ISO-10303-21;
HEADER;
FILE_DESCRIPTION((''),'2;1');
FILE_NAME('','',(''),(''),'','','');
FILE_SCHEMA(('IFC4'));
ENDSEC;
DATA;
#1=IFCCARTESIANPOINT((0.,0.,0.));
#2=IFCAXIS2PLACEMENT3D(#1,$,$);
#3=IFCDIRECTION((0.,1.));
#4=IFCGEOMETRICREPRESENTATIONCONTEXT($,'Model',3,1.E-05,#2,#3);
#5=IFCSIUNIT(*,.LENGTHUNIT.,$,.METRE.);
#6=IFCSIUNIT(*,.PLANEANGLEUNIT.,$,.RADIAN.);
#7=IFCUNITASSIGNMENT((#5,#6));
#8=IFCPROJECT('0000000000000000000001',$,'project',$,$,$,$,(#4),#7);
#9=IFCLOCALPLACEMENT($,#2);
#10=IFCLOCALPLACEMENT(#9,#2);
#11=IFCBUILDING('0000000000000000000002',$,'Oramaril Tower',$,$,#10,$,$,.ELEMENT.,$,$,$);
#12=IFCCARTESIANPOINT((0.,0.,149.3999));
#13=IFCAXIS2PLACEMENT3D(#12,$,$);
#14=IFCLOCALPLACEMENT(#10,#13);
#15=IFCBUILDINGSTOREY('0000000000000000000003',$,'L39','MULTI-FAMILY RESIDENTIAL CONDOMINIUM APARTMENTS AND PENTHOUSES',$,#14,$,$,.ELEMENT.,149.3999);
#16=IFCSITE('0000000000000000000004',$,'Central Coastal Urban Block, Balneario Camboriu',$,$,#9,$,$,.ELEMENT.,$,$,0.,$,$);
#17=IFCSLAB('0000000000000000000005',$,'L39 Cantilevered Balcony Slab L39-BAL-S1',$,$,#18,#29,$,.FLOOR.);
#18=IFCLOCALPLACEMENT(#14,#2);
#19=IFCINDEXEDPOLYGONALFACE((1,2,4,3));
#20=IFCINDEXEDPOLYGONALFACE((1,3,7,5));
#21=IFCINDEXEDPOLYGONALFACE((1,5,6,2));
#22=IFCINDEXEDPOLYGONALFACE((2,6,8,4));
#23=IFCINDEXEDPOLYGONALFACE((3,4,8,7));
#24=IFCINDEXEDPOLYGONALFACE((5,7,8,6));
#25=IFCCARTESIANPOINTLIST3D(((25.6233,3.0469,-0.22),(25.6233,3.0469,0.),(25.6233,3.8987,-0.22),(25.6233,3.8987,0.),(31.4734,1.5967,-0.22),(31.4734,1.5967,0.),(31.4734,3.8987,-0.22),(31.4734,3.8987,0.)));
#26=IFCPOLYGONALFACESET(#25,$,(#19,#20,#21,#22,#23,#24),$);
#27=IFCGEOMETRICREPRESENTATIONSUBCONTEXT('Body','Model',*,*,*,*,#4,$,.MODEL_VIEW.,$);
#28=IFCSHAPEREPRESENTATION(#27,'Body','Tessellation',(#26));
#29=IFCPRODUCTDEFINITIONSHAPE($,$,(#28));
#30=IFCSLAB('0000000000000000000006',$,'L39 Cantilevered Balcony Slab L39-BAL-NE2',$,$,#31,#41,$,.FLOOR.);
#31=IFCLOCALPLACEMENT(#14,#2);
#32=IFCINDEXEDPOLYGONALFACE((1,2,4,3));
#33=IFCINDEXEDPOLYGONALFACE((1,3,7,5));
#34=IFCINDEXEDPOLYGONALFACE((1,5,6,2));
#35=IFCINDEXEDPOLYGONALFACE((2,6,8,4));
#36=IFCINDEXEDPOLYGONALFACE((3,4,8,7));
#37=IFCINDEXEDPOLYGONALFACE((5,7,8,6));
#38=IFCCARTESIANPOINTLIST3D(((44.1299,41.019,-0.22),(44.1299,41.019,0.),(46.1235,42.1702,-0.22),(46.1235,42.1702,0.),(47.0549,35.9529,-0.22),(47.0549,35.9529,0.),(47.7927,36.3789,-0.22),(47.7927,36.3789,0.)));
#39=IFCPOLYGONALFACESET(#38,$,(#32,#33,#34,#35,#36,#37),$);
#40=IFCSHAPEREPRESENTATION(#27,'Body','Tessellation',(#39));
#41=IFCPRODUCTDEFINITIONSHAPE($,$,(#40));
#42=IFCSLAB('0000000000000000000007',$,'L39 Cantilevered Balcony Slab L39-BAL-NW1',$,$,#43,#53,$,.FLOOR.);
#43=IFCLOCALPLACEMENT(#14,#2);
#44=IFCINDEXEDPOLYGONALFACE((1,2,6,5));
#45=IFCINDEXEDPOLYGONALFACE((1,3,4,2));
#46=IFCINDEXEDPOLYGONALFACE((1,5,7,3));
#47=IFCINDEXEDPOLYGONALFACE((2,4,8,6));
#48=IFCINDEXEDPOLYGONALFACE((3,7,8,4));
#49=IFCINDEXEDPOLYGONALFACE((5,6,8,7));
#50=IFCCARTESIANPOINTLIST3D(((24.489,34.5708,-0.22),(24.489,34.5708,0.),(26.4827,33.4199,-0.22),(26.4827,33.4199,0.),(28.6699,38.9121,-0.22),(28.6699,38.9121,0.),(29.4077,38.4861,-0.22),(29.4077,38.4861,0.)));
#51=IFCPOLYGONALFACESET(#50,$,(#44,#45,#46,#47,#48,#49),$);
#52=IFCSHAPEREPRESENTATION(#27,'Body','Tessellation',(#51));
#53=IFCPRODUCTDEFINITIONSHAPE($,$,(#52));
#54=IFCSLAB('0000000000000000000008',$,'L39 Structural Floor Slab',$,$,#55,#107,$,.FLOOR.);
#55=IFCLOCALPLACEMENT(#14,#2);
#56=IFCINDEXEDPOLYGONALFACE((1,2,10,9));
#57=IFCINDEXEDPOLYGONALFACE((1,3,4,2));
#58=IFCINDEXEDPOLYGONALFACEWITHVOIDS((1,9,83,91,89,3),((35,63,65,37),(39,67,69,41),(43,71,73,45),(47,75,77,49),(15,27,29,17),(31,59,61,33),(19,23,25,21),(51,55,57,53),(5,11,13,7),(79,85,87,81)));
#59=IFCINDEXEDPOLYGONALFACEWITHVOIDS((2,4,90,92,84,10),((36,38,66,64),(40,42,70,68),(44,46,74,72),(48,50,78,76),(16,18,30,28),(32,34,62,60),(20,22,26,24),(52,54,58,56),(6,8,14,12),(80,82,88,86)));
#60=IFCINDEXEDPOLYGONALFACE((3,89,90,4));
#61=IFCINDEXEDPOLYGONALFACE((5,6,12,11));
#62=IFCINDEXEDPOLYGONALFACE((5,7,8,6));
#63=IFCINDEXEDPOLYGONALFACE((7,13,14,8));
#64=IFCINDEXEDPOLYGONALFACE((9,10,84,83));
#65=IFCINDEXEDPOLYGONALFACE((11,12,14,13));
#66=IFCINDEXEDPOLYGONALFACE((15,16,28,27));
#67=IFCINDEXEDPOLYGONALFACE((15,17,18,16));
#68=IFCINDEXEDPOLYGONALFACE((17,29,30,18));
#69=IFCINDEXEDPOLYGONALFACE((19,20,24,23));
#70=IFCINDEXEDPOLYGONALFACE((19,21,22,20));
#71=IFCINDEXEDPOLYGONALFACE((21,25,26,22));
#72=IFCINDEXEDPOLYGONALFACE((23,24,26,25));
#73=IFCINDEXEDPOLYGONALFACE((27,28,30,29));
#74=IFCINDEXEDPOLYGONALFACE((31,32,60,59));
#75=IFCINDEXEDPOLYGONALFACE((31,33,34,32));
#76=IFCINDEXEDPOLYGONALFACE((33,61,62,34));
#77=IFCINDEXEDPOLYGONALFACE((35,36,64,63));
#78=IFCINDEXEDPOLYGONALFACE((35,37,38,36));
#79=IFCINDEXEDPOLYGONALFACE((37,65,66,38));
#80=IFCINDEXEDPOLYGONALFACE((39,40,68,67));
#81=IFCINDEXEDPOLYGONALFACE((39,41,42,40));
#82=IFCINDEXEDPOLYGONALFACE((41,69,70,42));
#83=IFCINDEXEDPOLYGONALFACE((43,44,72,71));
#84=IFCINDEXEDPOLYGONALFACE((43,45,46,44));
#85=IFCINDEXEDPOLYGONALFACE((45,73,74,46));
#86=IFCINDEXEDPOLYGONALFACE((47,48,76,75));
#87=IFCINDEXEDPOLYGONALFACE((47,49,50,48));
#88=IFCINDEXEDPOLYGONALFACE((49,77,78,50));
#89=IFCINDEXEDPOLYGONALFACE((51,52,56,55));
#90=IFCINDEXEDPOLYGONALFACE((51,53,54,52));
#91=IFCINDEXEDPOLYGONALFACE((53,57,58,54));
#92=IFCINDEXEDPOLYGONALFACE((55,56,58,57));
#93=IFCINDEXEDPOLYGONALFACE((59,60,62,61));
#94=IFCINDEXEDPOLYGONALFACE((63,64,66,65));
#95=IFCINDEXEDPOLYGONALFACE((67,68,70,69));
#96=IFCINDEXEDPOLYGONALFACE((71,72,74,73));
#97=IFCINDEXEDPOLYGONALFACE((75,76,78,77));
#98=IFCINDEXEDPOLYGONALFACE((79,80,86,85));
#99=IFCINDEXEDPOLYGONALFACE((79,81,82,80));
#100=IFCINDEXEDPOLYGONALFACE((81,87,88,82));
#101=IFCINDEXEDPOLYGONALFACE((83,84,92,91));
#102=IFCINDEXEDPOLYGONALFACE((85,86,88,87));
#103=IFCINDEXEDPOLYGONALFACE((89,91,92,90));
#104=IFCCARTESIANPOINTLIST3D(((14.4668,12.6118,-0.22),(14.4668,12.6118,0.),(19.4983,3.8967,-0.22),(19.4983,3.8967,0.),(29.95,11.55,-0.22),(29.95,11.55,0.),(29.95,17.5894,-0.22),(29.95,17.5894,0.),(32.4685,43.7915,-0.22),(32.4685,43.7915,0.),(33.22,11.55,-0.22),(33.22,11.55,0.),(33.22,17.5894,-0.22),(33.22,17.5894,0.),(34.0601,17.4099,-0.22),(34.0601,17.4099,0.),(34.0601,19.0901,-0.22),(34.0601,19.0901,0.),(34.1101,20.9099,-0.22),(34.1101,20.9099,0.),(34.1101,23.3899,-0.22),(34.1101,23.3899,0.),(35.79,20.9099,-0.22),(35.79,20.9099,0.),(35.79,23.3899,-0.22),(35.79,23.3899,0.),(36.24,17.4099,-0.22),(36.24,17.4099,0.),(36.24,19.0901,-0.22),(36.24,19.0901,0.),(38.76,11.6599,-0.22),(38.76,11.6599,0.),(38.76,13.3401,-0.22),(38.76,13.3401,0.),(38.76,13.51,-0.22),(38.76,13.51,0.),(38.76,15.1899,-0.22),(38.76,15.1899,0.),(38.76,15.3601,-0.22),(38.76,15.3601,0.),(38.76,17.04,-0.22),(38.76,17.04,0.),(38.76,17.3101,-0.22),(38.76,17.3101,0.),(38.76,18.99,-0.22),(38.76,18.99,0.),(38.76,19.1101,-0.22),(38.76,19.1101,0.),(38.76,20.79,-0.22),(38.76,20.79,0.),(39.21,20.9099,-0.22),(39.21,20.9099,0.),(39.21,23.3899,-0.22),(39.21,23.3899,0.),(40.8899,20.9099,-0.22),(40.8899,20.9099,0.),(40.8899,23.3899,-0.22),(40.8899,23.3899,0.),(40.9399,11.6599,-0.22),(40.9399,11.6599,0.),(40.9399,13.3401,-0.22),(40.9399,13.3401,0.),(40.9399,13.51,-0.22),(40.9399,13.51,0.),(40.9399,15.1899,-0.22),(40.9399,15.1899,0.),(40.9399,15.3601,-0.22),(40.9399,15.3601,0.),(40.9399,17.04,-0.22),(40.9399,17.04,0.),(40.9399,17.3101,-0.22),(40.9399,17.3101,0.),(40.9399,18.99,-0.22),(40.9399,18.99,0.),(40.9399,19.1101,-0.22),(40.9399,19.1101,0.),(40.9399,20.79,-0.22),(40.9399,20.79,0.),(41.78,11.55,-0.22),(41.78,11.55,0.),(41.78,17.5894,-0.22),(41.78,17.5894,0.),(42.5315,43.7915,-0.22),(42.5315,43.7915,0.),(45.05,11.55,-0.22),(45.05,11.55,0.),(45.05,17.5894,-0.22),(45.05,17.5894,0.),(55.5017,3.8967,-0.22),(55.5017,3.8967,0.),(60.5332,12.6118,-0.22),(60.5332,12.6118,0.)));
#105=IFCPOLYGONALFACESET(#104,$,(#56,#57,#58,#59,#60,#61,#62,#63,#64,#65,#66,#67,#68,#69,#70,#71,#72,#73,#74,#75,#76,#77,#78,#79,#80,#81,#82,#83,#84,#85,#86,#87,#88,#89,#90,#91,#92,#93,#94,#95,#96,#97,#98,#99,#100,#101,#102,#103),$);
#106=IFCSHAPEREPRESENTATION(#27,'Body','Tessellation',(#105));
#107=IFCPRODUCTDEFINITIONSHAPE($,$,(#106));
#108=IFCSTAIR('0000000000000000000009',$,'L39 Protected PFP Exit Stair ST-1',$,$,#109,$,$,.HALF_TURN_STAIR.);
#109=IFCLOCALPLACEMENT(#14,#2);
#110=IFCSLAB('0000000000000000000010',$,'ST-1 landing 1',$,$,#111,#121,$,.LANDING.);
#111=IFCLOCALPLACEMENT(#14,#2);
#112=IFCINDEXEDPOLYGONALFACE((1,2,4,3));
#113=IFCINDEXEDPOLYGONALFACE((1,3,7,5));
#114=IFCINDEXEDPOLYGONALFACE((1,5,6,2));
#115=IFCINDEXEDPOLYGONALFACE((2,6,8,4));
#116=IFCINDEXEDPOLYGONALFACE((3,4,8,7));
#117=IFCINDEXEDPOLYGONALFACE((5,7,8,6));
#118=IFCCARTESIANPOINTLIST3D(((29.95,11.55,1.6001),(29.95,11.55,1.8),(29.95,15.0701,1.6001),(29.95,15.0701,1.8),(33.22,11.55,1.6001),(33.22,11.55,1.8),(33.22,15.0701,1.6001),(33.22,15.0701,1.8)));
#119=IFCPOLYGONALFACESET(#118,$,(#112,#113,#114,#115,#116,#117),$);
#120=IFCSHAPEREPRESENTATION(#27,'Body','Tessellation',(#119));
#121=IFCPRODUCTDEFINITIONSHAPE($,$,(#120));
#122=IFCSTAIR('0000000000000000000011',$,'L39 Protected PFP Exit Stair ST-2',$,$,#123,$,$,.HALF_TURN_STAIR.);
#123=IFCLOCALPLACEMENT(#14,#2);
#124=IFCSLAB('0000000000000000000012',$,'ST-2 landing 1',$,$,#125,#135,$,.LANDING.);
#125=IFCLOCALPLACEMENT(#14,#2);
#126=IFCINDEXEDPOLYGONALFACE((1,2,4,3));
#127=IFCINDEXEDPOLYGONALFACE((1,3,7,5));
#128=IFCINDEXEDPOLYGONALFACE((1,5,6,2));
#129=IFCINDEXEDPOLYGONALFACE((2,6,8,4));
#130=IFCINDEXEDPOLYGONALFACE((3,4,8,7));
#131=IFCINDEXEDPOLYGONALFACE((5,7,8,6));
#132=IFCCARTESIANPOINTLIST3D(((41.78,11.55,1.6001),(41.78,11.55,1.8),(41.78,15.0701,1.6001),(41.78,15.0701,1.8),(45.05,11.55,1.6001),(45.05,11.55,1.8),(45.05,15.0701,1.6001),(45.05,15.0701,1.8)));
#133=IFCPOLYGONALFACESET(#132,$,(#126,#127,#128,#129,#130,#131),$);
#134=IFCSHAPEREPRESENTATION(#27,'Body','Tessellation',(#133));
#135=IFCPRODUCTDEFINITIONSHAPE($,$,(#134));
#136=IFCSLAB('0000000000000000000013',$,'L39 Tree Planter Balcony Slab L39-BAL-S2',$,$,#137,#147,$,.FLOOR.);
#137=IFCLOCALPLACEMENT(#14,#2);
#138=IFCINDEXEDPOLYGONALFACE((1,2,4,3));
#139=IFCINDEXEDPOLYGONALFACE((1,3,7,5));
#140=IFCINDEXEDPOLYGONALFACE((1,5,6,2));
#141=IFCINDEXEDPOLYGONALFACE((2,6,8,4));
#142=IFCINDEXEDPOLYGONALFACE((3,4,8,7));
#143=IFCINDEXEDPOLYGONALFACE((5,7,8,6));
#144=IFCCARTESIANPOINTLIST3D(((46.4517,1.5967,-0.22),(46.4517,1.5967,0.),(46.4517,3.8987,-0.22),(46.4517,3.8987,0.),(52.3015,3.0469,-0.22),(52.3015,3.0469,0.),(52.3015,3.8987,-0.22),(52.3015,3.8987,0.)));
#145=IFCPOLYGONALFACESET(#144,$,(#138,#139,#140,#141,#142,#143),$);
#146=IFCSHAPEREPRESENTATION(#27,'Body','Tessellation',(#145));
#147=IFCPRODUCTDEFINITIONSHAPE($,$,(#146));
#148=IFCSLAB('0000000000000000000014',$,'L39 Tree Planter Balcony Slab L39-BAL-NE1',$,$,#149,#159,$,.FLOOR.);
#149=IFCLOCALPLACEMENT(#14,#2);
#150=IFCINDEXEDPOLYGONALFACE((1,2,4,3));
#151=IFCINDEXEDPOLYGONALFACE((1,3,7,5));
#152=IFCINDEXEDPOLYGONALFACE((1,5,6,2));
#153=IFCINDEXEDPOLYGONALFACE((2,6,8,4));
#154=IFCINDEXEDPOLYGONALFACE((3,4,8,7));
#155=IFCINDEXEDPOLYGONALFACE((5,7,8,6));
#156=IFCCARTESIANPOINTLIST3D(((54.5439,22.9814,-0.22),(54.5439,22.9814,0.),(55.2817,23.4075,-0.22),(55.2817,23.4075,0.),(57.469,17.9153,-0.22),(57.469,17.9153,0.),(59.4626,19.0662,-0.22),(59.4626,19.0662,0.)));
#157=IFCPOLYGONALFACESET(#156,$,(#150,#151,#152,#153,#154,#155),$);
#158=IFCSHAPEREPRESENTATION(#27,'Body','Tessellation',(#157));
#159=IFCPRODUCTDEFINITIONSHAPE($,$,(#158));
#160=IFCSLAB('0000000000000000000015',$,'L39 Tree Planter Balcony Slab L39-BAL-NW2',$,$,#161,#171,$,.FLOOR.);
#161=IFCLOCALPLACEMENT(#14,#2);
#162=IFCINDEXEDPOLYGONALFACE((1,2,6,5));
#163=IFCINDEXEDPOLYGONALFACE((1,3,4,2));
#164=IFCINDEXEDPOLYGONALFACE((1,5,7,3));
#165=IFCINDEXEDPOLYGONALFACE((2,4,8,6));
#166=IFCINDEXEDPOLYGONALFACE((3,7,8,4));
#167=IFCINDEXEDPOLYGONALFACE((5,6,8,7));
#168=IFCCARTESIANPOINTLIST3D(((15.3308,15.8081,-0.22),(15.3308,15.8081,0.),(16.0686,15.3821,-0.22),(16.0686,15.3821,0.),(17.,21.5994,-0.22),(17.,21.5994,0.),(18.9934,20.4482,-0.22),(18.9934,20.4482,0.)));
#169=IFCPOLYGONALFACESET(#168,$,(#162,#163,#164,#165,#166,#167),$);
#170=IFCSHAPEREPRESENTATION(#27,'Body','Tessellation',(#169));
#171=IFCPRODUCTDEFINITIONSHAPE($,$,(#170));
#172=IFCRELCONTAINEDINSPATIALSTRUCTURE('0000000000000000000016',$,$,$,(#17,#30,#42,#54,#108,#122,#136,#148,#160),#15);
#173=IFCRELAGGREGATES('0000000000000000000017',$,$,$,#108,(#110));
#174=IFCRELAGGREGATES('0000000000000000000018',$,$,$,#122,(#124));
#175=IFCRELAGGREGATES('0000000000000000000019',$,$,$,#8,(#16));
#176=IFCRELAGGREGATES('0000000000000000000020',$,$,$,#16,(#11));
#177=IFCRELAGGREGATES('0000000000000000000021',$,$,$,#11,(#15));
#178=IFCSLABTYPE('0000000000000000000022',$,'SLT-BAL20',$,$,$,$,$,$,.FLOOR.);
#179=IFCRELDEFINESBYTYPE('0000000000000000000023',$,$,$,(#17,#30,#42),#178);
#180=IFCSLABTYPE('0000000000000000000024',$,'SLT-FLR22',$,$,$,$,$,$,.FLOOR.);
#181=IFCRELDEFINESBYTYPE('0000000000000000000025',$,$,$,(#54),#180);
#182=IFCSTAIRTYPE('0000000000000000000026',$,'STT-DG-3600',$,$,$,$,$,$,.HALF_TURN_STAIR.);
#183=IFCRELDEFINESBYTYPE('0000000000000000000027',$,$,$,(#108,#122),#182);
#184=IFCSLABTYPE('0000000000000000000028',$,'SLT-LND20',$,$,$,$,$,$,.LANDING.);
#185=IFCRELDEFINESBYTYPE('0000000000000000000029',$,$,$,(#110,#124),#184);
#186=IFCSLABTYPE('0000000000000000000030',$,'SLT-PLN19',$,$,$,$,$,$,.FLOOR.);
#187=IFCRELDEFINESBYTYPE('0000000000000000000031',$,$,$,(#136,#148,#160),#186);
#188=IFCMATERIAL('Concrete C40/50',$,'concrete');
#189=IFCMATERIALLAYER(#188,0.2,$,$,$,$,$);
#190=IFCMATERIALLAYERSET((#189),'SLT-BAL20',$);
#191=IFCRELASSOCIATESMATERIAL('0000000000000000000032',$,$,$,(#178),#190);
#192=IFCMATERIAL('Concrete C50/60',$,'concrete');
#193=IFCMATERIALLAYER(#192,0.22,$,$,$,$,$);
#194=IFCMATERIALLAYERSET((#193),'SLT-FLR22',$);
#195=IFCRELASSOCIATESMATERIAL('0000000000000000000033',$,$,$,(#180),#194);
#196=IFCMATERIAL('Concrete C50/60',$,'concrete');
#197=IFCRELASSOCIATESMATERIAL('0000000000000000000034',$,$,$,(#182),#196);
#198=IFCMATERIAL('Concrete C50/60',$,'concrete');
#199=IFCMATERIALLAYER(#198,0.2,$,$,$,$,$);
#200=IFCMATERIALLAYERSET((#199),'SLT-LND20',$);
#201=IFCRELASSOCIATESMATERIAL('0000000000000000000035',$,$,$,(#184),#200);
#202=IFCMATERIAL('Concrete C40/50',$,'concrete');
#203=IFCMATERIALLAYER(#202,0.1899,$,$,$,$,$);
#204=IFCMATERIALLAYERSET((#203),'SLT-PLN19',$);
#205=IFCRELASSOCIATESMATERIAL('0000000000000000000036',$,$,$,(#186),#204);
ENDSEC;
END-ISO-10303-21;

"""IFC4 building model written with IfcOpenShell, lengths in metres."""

from ifc_helpers import new_model, si_unit, direction, frame, origin, place, context, subcontext, project, spatial, polyline, outline, extrude, material, layer, layer_set, type_object, element, aggregate, save


model = new_model("IFC4")

# Units and contexts
model_context = context("Model", 3, precision=1e-05, world=origin(), true_north=direction((0.0, 1.0)))
body_context = subcontext(model_context, "Body", "Model", "MODEL_VIEW")
ifc_project = project(units=[si_unit("LENGTHUNIT", "METRE"), si_unit("PLANEANGLEUNIT", "RADIAN")], contexts=[model_context])

# Site, building, storey
site_placement = place(None, origin())
site = spatial("IfcSite", under=ifc_project, at=site_placement, Name="Central Coastal Urban Block, Balneario Camboriu", CompositionType="ELEMENT", RefElevation=0.0)
building_placement = place(site_placement, origin())
building = spatial("IfcBuilding", under=site, at=building_placement, Name="Oramaril Tower", CompositionType="ELEMENT")
storey_placement = place(building_placement, frame((0.0, 0.0, 149.3999)))
storey = spatial("IfcBuildingStorey", under=building, at=storey_placement, Name="L39", Description="MULTI-FAMILY RESIDENTIAL CONDOMINIUM APARTMENTS AND PENTHOUSES", CompositionType="ELEMENT", Elevation=149.3999)

# Slabs
ifc_material_1 = material(Name="Concrete C40/50", Category="concrete")
ifc_layer_1 = layer(ifc_material_1, 0.2)
ifc_layer_set_1 = layer_set([ifc_layer_1], Name="SLT-BAL20")
slab_type_1 = type_object("IfcSlabType", Name="SLT-BAL20", PredefinedType="FLOOR", material=ifc_layer_set_1)
slab_1_placement = place(storey_placement, frame((0.0, 0.0, -0.22)))
element("IfcSlab", 1, at=slab_1_placement, inside=storey, type_object=slab_type_1, Name="L39 Cantilevered Balcony Slab L39-BAL-S1", PredefinedType="FLOOR", context=body_context, shape_type="SweptSolid", body=[
    extrude(outline(polyline([(25.6233, 3.8987), (31.4734, 3.8987), (31.4734, 1.5967), (25.6233, 3.0469), (25.6233, 3.8987)])), origin(), (0.0, 0.0, 1.0), 0.22),
])
slab_2_placement = place(storey_placement, frame((0.0, 0.0, -0.22)))
element("IfcSlab", 2, at=slab_2_placement, inside=storey, type_object=slab_type_1, Name="L39 Cantilevered Balcony Slab L39-BAL-NE2", PredefinedType="FLOOR", context=body_context, shape_type="SweptSolid", body=[
    extrude(outline(polyline([(47.0549, 35.9529), (44.1299, 41.019), (46.1235, 42.1702), (47.7927, 36.3789), (47.0549, 35.9529)])), origin(), (0.0, 0.0, 1.0), 0.22),
])
slab_3_placement = place(storey_placement, frame((0.0, 0.0, -0.22)))
element("IfcSlab", 3, at=slab_3_placement, inside=storey, type_object=slab_type_1, Name="L39 Cantilevered Balcony Slab L39-BAL-NW1", PredefinedType="FLOOR", context=body_context, shape_type="SweptSolid", body=[
    extrude(outline(polyline([(29.4077, 38.4861), (26.4827, 33.4199), (24.489, 34.5708), (28.6699, 38.9121), (29.4077, 38.4861)])), origin(), (0.0, 0.0, 1.0), 0.22),
])
ifc_material_2 = material(Name="Concrete C50/60", Category="concrete")
ifc_layer_2 = layer(ifc_material_2, 0.22)
ifc_layer_set_2 = layer_set([ifc_layer_2], Name="SLT-FLR22")
slab_type_2 = type_object("IfcSlabType", Name="SLT-FLR22", PredefinedType="FLOOR", material=ifc_layer_set_2)
slab_4_placement = place(storey_placement, frame((0.0, 0.0, -0.22)))
element("IfcSlab", 4, at=slab_4_placement, inside=storey, type_object=slab_type_2, Name="L39 Structural Floor Slab", PredefinedType="FLOOR", context=body_context, shape_type="SweptSolid", body=[
    extrude(outline(polyline([(14.4668, 12.6118), (19.4983, 3.8967), (55.5017, 3.8967), (60.5332, 12.6118), (42.5315, 43.7915), (32.4685, 43.7915), (14.4668, 12.6118)]), holes=[polyline([(29.95, 17.5894), (29.95, 11.55), (33.22, 11.55), (33.22, 17.5894), (29.95, 17.5894)]), polyline([(41.78, 17.5894), (41.78, 11.55), (45.05, 11.55), (45.05, 17.5894), (41.78, 17.5894)]), polyline([(34.1101, 20.9099), (35.79, 20.9099), (35.79, 23.3899), (34.1101, 23.3899), (34.1101, 20.9099)]), polyline([(39.21, 20.9099), (40.8899, 20.9099), (40.8899, 23.3899), (39.21, 23.3899), (39.21, 20.9099)]), polyline([(38.76, 11.6599), (40.9399, 11.6599), (40.9399, 13.3401), (38.76, 13.3401), (38.76, 11.6599)]), polyline([(38.76, 13.51), (40.9399, 13.51), (40.9399, 15.1899), (38.76, 15.1899), (38.76, 13.51)]), polyline([(38.76, 15.3601), (40.9399, 15.3601), (40.9399, 17.04), (38.76, 17.04), (38.76, 15.3601)]), polyline([(34.0601, 17.4099), (36.24, 17.4099), (36.24, 19.0901), (34.0601, 19.0901), (34.0601, 17.4099)]), polyline([(38.76, 17.3101), (40.9399, 17.3101), (40.9399, 18.99), (38.76, 18.99), (38.76, 17.3101)]), polyline([(38.76, 19.1101), (40.9399, 19.1101), (40.9399, 20.79), (38.76, 20.79), (38.76, 19.1101)])]), origin(), (0.0, 0.0, 1.0), 0.22),
])

# Stairs, slabs
ifc_material_3 = material(Name="Concrete C50/60", Category="concrete")
stair_type = type_object("IfcStairType", Name="STT-DG-3600", PredefinedType="HALF_TURN_STAIR", material=ifc_material_3)
stair_1_placement = place(storey_placement, origin())
stair_1 = element("IfcStair", 5, at=stair_1_placement, inside=storey, type_object=stair_type, Name="L39 Protected PFP Exit Stair ST-1", PredefinedType="HALF_TURN_STAIR")
ifc_material_4 = material(Name="Concrete C50/60", Category="concrete")
ifc_layer_3 = layer(ifc_material_4, 0.2)
ifc_layer_set_3 = layer_set([ifc_layer_3], Name="SLT-LND20")
slab_type_3 = type_object("IfcSlabType", Name="SLT-LND20", PredefinedType="LANDING", material=ifc_layer_set_3)
slab_5_placement = place(storey_placement, frame((0.0, 0.0, 1.6001)))
slab_5 = element("IfcSlab", 6, at=slab_5_placement, type_object=slab_type_3, Name="ST-1 landing 1", PredefinedType="LANDING", context=body_context, shape_type="SweptSolid", body=[
    extrude(outline(polyline([(29.95, 15.0701), (29.95, 11.55), (33.22, 11.55), (33.22, 15.0701), (29.95, 15.0701)])), origin(), (0.0, 0.0, 1.0), 0.2),
])
aggregate(stair_1, [slab_5])
stair_2_placement = place(storey_placement, origin())
stair_2 = element("IfcStair", 7, at=stair_2_placement, inside=storey, type_object=stair_type, Name="L39 Protected PFP Exit Stair ST-2", PredefinedType="HALF_TURN_STAIR")
slab_6_placement = place(storey_placement, frame((0.0, 0.0, 1.6001)))
slab_6 = element("IfcSlab", 8, at=slab_6_placement, type_object=slab_type_3, Name="ST-2 landing 1", PredefinedType="LANDING", context=body_context, shape_type="SweptSolid", body=[
    extrude(outline(polyline([(41.78, 15.0701), (41.78, 11.55), (45.05, 11.55), (45.05, 15.0701), (41.78, 15.0701)])), origin(), (0.0, 0.0, 1.0), 0.2),
])
aggregate(stair_2, [slab_6])

# Slabs
ifc_material_5 = material(Name="Concrete C40/50", Category="concrete")
ifc_layer_4 = layer(ifc_material_5, 0.1899)
ifc_layer_set_4 = layer_set([ifc_layer_4], Name="SLT-PLN19")
slab_type_4 = type_object("IfcSlabType", Name="SLT-PLN19", PredefinedType="FLOOR", material=ifc_layer_set_4)
slab_7_placement = place(storey_placement, frame((0.0, 0.0, -0.22)))
element("IfcSlab", 9, at=slab_7_placement, inside=storey, type_object=slab_type_4, Name="L39 Tree Planter Balcony Slab L39-BAL-S2", PredefinedType="FLOOR", context=body_context, shape_type="SweptSolid", body=[
    extrude(outline(polyline([(46.4517, 3.8987), (52.3015, 3.8987), (52.3015, 3.0469), (46.4517, 1.5967), (46.4517, 3.8987)])), origin(), (0.0, 0.0, 1.0), 0.22),
])
slab_8_placement = place(storey_placement, frame((0.0, 0.0, -0.22)))
element("IfcSlab", 10, at=slab_8_placement, inside=storey, type_object=slab_type_4, Name="L39 Tree Planter Balcony Slab L39-BAL-NE1", PredefinedType="FLOOR", context=body_context, shape_type="SweptSolid", body=[
    extrude(outline(polyline([(57.469, 17.9153), (54.5439, 22.9814), (55.2817, 23.4075), (59.4626, 19.0662), (57.469, 17.9153)])), origin(), (0.0, 0.0, 1.0), 0.22),
])
slab_9_placement = place(storey_placement, frame((0.0, 0.0, -0.22)))
element("IfcSlab", 11, at=slab_9_placement, inside=storey, type_object=slab_type_4, Name="L39 Tree Planter Balcony Slab L39-BAL-NW2", PredefinedType="FLOOR", context=body_context, shape_type="SweptSolid", body=[
    extrude(outline(polyline([(18.9934, 20.4482), (16.0686, 15.3821), (15.3308, 15.8081), (17.0, 21.5994), (18.9934, 20.4482)])), origin(), (0.0, 0.0, 1.0), 0.22),
])

save(model, "model.ifc")
